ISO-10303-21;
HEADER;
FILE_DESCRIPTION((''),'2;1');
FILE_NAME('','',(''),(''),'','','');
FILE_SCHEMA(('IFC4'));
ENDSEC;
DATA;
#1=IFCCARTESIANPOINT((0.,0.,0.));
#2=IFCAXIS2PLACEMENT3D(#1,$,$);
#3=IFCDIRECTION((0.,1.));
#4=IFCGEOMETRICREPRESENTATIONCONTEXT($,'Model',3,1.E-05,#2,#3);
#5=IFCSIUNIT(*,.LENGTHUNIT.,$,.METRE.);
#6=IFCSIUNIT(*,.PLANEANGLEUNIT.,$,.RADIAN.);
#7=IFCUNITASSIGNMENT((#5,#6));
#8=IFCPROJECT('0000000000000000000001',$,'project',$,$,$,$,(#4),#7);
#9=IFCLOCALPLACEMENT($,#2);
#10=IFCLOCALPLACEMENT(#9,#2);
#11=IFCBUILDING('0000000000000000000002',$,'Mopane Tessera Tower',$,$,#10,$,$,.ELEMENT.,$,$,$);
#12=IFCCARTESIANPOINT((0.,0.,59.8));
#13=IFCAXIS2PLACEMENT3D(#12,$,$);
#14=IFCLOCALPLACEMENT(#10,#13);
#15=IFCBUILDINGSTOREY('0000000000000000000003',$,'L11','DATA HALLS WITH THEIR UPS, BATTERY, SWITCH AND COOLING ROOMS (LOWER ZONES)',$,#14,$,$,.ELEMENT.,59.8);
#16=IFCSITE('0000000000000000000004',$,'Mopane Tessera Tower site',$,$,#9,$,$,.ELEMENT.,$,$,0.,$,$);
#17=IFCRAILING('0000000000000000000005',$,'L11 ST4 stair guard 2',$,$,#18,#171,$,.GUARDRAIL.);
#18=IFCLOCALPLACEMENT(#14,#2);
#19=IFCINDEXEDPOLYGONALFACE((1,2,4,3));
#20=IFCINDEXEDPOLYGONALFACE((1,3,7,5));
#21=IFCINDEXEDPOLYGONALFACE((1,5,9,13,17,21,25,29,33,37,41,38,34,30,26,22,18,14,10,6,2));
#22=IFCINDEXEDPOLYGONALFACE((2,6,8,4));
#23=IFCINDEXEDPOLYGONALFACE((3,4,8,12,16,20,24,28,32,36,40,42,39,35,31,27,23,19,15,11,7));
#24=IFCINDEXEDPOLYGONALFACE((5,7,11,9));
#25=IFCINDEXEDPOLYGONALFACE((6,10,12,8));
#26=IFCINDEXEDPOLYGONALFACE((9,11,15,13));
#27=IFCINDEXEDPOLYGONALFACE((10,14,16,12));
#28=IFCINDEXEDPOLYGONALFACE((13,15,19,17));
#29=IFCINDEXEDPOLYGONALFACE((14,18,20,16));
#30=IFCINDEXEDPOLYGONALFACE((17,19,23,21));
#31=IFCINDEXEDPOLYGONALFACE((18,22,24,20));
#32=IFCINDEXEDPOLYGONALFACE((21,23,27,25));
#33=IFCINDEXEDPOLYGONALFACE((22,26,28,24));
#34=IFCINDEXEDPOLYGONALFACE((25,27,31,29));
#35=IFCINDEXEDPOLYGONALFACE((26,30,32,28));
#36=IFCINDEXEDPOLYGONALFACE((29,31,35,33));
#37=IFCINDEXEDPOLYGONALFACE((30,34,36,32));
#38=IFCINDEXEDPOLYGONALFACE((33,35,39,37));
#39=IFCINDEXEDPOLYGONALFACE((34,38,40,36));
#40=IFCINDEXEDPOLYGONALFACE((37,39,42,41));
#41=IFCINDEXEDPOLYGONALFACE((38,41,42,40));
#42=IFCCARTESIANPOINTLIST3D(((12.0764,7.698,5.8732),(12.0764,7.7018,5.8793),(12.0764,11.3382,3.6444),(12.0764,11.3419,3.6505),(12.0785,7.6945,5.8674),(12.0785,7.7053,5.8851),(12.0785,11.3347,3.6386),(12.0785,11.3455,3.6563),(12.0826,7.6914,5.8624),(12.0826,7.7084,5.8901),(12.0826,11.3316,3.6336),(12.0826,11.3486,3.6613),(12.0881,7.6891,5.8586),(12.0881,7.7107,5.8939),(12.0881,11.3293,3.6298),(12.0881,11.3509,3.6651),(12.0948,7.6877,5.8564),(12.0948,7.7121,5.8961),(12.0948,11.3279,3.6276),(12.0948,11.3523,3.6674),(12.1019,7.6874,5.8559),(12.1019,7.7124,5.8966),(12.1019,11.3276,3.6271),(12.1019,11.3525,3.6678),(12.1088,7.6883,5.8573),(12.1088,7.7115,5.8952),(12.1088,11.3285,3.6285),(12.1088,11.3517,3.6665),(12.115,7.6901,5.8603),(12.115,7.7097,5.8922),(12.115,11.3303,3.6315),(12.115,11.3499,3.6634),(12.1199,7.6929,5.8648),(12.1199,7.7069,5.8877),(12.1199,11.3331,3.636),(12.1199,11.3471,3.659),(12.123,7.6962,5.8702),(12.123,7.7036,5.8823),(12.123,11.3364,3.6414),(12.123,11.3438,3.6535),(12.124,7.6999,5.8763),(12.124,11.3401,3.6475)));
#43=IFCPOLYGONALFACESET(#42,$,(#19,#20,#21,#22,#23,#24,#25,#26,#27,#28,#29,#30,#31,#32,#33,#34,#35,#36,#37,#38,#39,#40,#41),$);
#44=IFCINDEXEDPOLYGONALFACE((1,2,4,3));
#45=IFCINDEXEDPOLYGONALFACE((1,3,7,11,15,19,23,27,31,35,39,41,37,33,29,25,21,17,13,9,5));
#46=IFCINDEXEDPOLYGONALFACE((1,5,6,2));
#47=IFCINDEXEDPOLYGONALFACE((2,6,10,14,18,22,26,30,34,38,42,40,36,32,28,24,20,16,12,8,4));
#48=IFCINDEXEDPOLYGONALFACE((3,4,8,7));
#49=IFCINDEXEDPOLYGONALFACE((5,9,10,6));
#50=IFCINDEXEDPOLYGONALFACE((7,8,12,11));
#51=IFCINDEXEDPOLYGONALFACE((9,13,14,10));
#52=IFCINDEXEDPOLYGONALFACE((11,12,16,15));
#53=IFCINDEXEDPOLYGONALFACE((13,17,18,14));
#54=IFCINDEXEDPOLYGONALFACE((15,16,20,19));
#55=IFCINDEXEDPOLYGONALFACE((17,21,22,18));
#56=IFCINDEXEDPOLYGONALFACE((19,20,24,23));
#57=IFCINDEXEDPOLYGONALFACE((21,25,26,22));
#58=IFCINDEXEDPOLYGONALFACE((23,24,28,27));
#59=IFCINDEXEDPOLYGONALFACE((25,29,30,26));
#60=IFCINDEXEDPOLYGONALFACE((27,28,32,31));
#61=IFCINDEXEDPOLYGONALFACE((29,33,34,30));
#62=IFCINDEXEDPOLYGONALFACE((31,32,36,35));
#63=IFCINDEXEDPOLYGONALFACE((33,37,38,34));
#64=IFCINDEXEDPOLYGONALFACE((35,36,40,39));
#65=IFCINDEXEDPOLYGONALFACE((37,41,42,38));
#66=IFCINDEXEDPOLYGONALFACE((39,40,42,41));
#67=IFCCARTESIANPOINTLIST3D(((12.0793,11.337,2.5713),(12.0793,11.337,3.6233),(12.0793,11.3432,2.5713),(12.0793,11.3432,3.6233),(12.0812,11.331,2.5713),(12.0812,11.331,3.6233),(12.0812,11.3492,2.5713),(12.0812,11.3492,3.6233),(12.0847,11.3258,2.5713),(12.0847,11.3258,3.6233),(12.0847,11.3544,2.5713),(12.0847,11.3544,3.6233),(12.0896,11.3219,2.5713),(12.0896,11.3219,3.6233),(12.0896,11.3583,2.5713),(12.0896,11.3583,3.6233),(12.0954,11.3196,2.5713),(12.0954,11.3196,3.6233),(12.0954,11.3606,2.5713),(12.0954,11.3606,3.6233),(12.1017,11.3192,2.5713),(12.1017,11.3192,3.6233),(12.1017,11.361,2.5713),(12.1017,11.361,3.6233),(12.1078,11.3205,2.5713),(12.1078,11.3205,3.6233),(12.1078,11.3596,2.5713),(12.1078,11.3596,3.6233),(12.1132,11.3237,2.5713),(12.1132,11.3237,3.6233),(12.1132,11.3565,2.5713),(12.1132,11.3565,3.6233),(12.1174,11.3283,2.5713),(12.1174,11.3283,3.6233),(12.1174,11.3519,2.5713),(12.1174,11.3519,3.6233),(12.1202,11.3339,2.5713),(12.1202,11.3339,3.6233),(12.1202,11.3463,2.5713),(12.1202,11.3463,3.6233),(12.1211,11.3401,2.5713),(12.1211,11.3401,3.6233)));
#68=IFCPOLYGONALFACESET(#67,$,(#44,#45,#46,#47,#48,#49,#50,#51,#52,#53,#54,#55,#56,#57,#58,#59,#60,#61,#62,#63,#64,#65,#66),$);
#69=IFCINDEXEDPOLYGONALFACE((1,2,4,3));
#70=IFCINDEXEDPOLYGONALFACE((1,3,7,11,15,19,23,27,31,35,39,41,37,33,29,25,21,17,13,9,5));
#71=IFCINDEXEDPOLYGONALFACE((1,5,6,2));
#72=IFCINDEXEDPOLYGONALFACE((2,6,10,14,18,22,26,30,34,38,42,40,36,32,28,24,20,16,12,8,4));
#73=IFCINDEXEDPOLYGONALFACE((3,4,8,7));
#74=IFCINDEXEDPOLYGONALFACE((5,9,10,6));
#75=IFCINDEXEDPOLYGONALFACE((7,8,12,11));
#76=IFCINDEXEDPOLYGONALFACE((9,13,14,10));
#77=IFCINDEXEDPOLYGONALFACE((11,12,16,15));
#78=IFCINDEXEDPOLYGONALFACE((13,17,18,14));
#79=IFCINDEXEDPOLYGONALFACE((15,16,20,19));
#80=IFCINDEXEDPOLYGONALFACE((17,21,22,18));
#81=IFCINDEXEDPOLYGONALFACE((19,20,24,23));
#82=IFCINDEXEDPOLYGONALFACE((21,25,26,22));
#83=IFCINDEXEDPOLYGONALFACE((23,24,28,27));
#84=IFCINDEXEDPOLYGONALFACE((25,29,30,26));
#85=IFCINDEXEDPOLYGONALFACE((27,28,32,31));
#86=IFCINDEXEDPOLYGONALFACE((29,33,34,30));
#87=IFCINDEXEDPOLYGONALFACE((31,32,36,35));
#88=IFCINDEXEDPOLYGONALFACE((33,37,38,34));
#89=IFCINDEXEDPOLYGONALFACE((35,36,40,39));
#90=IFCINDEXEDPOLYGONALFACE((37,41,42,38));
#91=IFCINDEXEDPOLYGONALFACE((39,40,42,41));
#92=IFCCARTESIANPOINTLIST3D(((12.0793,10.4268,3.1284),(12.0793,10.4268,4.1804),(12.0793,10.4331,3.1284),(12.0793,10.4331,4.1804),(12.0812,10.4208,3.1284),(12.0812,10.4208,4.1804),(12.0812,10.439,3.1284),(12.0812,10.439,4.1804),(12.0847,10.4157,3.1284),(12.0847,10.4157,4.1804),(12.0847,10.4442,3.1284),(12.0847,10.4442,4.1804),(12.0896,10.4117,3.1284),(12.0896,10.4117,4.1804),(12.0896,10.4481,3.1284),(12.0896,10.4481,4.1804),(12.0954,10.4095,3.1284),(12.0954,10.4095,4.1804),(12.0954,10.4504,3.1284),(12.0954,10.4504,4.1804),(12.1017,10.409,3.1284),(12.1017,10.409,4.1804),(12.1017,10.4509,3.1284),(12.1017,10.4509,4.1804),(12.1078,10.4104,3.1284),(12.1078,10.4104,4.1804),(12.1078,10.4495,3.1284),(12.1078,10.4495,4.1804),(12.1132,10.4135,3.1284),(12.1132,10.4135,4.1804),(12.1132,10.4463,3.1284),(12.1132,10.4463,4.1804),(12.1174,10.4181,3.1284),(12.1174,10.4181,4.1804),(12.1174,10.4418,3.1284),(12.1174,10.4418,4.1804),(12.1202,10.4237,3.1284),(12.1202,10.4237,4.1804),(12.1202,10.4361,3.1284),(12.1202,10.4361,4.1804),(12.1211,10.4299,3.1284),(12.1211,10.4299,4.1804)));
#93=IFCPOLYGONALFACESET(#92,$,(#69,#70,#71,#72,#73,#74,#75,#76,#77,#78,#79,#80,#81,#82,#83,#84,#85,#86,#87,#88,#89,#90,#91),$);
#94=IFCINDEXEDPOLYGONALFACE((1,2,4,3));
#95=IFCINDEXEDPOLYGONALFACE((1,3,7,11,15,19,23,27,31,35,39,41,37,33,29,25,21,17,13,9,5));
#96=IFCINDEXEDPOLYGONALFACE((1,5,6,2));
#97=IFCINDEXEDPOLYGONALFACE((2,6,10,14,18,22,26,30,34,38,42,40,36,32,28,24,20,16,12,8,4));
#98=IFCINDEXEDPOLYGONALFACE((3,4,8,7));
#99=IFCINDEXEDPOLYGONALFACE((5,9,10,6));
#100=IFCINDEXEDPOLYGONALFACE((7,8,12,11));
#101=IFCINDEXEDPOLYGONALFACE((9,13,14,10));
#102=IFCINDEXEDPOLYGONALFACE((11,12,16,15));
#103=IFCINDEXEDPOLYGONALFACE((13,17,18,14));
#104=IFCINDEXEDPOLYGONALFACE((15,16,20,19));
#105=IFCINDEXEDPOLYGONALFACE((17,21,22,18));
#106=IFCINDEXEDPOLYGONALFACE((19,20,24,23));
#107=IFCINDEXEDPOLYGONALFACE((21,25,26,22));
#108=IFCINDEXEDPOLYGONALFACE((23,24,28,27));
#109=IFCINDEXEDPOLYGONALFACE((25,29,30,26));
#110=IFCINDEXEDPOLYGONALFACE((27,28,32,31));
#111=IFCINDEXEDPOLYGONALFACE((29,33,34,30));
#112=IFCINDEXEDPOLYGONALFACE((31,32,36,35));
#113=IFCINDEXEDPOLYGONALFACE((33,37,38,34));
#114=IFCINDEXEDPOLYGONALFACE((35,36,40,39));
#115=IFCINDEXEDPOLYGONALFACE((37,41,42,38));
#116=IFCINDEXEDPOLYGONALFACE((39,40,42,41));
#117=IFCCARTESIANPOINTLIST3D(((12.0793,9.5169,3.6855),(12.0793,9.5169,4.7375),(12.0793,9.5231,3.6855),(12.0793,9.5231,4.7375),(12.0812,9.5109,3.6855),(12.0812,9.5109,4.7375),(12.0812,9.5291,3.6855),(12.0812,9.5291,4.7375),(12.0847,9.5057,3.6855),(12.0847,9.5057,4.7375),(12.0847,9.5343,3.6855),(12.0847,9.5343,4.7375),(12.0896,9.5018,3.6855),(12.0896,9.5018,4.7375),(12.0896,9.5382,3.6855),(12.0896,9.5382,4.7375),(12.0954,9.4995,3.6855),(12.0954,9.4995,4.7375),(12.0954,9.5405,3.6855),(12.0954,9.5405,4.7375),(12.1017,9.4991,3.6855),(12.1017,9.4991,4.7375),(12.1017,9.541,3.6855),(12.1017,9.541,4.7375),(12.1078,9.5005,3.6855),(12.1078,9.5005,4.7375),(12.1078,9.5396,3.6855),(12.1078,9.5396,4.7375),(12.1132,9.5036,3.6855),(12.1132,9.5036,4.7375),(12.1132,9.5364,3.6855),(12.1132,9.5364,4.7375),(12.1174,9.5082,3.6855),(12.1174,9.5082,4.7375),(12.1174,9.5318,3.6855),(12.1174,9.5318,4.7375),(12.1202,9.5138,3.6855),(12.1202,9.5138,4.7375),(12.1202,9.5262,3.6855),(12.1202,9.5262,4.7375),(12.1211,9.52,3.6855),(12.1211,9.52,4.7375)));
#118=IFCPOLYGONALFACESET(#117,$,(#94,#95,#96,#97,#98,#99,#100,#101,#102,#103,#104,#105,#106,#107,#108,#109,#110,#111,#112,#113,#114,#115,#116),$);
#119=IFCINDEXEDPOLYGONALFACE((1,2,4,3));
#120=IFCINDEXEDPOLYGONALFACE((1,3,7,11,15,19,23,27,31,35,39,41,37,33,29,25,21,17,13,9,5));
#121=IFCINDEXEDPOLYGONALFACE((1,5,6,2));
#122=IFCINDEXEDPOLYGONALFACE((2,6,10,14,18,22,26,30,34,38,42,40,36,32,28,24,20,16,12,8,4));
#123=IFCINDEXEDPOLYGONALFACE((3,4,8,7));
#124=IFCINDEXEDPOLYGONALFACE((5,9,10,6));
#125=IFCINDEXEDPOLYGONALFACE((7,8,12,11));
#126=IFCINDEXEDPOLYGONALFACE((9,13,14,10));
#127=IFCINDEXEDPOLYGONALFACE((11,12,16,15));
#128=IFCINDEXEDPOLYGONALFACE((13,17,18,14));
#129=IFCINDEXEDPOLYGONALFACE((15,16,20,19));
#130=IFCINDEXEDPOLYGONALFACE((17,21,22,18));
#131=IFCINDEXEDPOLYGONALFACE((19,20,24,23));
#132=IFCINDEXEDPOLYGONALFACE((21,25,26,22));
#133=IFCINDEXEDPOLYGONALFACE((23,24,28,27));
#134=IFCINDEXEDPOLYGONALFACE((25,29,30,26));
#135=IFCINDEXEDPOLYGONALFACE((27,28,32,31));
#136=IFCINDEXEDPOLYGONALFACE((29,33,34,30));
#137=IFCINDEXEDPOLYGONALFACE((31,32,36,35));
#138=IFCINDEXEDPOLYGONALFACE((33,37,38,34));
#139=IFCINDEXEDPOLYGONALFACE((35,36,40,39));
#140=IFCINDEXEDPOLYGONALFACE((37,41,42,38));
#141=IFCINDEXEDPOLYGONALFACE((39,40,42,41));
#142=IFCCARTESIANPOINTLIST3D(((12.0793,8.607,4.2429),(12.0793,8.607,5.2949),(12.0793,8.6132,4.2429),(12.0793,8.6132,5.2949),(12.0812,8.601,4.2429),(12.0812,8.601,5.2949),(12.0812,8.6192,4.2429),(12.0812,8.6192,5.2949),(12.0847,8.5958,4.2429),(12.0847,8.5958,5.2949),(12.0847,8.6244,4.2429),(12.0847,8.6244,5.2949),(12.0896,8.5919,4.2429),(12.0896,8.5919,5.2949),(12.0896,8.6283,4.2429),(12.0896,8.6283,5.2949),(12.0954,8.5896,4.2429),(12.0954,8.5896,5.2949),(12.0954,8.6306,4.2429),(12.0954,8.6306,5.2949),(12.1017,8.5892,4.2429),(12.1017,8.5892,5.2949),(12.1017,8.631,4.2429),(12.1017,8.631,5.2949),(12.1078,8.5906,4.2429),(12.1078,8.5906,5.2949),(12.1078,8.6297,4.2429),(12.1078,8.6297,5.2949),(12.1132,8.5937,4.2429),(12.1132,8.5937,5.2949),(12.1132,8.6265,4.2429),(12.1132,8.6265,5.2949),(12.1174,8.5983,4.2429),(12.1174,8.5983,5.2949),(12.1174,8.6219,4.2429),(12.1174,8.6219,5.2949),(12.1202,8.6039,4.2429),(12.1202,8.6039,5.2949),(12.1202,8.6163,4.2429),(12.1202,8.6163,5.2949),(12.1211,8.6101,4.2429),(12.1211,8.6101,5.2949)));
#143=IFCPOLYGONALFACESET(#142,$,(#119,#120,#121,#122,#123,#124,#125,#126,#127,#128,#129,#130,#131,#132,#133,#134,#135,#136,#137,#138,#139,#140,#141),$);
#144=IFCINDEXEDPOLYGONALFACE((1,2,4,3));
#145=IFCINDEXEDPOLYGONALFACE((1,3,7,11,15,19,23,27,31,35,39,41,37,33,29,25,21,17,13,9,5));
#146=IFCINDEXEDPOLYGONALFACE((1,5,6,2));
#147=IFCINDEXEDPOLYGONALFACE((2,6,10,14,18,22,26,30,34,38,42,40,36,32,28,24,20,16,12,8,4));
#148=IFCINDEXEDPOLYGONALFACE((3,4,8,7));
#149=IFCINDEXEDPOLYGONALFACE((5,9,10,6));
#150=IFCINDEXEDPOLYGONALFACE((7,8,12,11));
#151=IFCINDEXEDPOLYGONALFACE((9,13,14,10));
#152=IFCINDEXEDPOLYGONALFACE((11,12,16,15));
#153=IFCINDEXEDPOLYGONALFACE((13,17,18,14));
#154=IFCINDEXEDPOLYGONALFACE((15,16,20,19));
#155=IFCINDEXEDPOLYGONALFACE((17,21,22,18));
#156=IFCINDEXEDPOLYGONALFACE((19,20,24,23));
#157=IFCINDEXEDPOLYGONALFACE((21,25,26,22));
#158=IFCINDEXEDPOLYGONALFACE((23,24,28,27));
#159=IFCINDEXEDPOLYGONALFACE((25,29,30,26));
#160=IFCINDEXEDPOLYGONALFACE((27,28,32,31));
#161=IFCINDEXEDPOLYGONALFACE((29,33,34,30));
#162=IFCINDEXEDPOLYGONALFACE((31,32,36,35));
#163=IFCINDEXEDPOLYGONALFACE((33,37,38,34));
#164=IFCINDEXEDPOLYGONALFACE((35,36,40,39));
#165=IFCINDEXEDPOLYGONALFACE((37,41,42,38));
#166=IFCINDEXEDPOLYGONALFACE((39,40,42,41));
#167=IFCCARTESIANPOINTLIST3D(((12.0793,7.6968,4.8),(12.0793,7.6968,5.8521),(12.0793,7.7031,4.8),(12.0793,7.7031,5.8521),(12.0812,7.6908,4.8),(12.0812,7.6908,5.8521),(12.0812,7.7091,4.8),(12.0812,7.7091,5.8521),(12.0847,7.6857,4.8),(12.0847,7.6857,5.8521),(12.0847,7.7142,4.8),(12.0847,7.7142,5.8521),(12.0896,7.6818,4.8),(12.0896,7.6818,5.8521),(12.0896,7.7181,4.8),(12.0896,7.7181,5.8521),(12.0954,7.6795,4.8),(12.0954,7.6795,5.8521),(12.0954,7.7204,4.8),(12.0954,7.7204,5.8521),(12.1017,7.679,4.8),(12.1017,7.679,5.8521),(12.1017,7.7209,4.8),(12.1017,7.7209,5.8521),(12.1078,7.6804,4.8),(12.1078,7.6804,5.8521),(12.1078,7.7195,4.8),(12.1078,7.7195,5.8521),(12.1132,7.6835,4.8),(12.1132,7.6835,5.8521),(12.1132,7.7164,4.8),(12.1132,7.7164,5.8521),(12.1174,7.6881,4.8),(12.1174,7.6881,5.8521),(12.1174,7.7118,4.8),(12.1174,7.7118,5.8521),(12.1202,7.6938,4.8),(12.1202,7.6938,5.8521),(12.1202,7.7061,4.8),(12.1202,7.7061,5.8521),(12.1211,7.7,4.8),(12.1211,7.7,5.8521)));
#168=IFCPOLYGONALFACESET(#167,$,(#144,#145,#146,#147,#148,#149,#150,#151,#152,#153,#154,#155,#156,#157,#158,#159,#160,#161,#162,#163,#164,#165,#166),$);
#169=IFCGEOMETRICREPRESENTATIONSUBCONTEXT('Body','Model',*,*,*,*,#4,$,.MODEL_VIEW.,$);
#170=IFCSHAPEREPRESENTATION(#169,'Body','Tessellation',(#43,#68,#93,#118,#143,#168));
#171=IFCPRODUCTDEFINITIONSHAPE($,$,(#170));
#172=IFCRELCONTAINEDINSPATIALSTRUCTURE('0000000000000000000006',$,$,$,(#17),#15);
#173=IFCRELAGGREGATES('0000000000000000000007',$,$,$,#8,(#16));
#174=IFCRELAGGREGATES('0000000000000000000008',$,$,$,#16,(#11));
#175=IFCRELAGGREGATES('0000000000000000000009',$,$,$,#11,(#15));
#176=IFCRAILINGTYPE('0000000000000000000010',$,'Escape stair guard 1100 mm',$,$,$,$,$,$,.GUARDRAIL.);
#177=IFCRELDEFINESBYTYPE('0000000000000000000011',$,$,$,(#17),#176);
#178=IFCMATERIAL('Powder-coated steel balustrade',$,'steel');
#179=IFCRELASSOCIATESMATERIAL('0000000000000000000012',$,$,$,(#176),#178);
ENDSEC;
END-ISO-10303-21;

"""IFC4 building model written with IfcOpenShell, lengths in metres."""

from ifc_helpers import new_model, si_unit, direction, frame, origin, origin_2d, place, context, subcontext, project, spatial, circle, extrude, material, type_object, element, save


model = new_model("IFC4")

# Units and contexts
model_context = context("Model", 3, precision=1e-05, world=origin(), true_north=direction((0.0, 1.0)))
body_context = subcontext(model_context, "Body", "Model", "MODEL_VIEW")
ifc_project = project(units=[si_unit("LENGTHUNIT", "METRE"), si_unit("PLANEANGLEUNIT", "RADIAN")], contexts=[model_context])

# Site, building, storey
site_placement = place(None, origin())
site = spatial("IfcSite", under=ifc_project, at=site_placement, Name="Mopane Tessera Tower site", CompositionType="ELEMENT", RefElevation=0.0)
building_placement = place(site_placement, origin())
building = spatial("IfcBuilding", under=site, at=building_placement, Name="Mopane Tessera Tower", CompositionType="ELEMENT")
storey_placement = place(building_placement, frame((0.0, 0.0, 59.8)))
storey = spatial("IfcBuildingStorey", under=building, at=storey_placement, Name="L11", Description="DATA HALLS WITH THEIR UPS, BATTERY, SWITCH AND COOLING ROOMS (LOWER ZONES)", CompositionType="ELEMENT", Elevation=59.8)

# Railing
ifc_material_1 = material(Name="Powder-coated steel balustrade", Category="steel")
railing_type_1 = type_object("IfcRailingType", Name="Escape stair guard 1100 mm", PredefinedType="GUARDRAIL", material=ifc_material_1)
railing_1_placement = place(storey_placement, frame((12.1001, 11.3401, 2.5713)))
element("IfcRailing", 1, at=railing_1_placement, inside=storey, type_object=railing_type_1, Name="L11 ST4 stair guard 2", PredefinedType="GUARDRAIL", context=body_context, shape_type="SweptSolid", body=[
    extrude(circle(Radius=0.0239, at=origin_2d()), frame((0.0, 0.0, 1.0762), z_axis=(0.0, -0.85284, 0.522172), x_axis=(1.0, 0.0, 0.0)), (0.0, 0.0, 1.0), 4.2683),
    extrude(circle(Radius=0.021, at=origin_2d()), origin(), (0.0, 0.0, 1.0), 1.052),
    extrude(circle(Radius=0.021, at=origin_2d()), frame((0.0, -0.9102, 0.5571)), (0.0, 0.0, 1.0), 1.052),
    extrude(circle(Radius=0.021, at=origin_2d()), frame((0.0, -1.8201, 1.1143)), (0.0, 0.0, 1.0), 1.052),
    extrude(circle(Radius=0.021, at=origin_2d()), frame((0.0, -2.73, 1.6716)), (0.0, 0.0, 1.0), 1.052),
    extrude(circle(Radius=0.021, at=origin_2d()), frame((0.0, -3.6401, 2.2288)), (0.0, 0.0, 1.0), 1.052),
])

save(model, "model.ifc")
